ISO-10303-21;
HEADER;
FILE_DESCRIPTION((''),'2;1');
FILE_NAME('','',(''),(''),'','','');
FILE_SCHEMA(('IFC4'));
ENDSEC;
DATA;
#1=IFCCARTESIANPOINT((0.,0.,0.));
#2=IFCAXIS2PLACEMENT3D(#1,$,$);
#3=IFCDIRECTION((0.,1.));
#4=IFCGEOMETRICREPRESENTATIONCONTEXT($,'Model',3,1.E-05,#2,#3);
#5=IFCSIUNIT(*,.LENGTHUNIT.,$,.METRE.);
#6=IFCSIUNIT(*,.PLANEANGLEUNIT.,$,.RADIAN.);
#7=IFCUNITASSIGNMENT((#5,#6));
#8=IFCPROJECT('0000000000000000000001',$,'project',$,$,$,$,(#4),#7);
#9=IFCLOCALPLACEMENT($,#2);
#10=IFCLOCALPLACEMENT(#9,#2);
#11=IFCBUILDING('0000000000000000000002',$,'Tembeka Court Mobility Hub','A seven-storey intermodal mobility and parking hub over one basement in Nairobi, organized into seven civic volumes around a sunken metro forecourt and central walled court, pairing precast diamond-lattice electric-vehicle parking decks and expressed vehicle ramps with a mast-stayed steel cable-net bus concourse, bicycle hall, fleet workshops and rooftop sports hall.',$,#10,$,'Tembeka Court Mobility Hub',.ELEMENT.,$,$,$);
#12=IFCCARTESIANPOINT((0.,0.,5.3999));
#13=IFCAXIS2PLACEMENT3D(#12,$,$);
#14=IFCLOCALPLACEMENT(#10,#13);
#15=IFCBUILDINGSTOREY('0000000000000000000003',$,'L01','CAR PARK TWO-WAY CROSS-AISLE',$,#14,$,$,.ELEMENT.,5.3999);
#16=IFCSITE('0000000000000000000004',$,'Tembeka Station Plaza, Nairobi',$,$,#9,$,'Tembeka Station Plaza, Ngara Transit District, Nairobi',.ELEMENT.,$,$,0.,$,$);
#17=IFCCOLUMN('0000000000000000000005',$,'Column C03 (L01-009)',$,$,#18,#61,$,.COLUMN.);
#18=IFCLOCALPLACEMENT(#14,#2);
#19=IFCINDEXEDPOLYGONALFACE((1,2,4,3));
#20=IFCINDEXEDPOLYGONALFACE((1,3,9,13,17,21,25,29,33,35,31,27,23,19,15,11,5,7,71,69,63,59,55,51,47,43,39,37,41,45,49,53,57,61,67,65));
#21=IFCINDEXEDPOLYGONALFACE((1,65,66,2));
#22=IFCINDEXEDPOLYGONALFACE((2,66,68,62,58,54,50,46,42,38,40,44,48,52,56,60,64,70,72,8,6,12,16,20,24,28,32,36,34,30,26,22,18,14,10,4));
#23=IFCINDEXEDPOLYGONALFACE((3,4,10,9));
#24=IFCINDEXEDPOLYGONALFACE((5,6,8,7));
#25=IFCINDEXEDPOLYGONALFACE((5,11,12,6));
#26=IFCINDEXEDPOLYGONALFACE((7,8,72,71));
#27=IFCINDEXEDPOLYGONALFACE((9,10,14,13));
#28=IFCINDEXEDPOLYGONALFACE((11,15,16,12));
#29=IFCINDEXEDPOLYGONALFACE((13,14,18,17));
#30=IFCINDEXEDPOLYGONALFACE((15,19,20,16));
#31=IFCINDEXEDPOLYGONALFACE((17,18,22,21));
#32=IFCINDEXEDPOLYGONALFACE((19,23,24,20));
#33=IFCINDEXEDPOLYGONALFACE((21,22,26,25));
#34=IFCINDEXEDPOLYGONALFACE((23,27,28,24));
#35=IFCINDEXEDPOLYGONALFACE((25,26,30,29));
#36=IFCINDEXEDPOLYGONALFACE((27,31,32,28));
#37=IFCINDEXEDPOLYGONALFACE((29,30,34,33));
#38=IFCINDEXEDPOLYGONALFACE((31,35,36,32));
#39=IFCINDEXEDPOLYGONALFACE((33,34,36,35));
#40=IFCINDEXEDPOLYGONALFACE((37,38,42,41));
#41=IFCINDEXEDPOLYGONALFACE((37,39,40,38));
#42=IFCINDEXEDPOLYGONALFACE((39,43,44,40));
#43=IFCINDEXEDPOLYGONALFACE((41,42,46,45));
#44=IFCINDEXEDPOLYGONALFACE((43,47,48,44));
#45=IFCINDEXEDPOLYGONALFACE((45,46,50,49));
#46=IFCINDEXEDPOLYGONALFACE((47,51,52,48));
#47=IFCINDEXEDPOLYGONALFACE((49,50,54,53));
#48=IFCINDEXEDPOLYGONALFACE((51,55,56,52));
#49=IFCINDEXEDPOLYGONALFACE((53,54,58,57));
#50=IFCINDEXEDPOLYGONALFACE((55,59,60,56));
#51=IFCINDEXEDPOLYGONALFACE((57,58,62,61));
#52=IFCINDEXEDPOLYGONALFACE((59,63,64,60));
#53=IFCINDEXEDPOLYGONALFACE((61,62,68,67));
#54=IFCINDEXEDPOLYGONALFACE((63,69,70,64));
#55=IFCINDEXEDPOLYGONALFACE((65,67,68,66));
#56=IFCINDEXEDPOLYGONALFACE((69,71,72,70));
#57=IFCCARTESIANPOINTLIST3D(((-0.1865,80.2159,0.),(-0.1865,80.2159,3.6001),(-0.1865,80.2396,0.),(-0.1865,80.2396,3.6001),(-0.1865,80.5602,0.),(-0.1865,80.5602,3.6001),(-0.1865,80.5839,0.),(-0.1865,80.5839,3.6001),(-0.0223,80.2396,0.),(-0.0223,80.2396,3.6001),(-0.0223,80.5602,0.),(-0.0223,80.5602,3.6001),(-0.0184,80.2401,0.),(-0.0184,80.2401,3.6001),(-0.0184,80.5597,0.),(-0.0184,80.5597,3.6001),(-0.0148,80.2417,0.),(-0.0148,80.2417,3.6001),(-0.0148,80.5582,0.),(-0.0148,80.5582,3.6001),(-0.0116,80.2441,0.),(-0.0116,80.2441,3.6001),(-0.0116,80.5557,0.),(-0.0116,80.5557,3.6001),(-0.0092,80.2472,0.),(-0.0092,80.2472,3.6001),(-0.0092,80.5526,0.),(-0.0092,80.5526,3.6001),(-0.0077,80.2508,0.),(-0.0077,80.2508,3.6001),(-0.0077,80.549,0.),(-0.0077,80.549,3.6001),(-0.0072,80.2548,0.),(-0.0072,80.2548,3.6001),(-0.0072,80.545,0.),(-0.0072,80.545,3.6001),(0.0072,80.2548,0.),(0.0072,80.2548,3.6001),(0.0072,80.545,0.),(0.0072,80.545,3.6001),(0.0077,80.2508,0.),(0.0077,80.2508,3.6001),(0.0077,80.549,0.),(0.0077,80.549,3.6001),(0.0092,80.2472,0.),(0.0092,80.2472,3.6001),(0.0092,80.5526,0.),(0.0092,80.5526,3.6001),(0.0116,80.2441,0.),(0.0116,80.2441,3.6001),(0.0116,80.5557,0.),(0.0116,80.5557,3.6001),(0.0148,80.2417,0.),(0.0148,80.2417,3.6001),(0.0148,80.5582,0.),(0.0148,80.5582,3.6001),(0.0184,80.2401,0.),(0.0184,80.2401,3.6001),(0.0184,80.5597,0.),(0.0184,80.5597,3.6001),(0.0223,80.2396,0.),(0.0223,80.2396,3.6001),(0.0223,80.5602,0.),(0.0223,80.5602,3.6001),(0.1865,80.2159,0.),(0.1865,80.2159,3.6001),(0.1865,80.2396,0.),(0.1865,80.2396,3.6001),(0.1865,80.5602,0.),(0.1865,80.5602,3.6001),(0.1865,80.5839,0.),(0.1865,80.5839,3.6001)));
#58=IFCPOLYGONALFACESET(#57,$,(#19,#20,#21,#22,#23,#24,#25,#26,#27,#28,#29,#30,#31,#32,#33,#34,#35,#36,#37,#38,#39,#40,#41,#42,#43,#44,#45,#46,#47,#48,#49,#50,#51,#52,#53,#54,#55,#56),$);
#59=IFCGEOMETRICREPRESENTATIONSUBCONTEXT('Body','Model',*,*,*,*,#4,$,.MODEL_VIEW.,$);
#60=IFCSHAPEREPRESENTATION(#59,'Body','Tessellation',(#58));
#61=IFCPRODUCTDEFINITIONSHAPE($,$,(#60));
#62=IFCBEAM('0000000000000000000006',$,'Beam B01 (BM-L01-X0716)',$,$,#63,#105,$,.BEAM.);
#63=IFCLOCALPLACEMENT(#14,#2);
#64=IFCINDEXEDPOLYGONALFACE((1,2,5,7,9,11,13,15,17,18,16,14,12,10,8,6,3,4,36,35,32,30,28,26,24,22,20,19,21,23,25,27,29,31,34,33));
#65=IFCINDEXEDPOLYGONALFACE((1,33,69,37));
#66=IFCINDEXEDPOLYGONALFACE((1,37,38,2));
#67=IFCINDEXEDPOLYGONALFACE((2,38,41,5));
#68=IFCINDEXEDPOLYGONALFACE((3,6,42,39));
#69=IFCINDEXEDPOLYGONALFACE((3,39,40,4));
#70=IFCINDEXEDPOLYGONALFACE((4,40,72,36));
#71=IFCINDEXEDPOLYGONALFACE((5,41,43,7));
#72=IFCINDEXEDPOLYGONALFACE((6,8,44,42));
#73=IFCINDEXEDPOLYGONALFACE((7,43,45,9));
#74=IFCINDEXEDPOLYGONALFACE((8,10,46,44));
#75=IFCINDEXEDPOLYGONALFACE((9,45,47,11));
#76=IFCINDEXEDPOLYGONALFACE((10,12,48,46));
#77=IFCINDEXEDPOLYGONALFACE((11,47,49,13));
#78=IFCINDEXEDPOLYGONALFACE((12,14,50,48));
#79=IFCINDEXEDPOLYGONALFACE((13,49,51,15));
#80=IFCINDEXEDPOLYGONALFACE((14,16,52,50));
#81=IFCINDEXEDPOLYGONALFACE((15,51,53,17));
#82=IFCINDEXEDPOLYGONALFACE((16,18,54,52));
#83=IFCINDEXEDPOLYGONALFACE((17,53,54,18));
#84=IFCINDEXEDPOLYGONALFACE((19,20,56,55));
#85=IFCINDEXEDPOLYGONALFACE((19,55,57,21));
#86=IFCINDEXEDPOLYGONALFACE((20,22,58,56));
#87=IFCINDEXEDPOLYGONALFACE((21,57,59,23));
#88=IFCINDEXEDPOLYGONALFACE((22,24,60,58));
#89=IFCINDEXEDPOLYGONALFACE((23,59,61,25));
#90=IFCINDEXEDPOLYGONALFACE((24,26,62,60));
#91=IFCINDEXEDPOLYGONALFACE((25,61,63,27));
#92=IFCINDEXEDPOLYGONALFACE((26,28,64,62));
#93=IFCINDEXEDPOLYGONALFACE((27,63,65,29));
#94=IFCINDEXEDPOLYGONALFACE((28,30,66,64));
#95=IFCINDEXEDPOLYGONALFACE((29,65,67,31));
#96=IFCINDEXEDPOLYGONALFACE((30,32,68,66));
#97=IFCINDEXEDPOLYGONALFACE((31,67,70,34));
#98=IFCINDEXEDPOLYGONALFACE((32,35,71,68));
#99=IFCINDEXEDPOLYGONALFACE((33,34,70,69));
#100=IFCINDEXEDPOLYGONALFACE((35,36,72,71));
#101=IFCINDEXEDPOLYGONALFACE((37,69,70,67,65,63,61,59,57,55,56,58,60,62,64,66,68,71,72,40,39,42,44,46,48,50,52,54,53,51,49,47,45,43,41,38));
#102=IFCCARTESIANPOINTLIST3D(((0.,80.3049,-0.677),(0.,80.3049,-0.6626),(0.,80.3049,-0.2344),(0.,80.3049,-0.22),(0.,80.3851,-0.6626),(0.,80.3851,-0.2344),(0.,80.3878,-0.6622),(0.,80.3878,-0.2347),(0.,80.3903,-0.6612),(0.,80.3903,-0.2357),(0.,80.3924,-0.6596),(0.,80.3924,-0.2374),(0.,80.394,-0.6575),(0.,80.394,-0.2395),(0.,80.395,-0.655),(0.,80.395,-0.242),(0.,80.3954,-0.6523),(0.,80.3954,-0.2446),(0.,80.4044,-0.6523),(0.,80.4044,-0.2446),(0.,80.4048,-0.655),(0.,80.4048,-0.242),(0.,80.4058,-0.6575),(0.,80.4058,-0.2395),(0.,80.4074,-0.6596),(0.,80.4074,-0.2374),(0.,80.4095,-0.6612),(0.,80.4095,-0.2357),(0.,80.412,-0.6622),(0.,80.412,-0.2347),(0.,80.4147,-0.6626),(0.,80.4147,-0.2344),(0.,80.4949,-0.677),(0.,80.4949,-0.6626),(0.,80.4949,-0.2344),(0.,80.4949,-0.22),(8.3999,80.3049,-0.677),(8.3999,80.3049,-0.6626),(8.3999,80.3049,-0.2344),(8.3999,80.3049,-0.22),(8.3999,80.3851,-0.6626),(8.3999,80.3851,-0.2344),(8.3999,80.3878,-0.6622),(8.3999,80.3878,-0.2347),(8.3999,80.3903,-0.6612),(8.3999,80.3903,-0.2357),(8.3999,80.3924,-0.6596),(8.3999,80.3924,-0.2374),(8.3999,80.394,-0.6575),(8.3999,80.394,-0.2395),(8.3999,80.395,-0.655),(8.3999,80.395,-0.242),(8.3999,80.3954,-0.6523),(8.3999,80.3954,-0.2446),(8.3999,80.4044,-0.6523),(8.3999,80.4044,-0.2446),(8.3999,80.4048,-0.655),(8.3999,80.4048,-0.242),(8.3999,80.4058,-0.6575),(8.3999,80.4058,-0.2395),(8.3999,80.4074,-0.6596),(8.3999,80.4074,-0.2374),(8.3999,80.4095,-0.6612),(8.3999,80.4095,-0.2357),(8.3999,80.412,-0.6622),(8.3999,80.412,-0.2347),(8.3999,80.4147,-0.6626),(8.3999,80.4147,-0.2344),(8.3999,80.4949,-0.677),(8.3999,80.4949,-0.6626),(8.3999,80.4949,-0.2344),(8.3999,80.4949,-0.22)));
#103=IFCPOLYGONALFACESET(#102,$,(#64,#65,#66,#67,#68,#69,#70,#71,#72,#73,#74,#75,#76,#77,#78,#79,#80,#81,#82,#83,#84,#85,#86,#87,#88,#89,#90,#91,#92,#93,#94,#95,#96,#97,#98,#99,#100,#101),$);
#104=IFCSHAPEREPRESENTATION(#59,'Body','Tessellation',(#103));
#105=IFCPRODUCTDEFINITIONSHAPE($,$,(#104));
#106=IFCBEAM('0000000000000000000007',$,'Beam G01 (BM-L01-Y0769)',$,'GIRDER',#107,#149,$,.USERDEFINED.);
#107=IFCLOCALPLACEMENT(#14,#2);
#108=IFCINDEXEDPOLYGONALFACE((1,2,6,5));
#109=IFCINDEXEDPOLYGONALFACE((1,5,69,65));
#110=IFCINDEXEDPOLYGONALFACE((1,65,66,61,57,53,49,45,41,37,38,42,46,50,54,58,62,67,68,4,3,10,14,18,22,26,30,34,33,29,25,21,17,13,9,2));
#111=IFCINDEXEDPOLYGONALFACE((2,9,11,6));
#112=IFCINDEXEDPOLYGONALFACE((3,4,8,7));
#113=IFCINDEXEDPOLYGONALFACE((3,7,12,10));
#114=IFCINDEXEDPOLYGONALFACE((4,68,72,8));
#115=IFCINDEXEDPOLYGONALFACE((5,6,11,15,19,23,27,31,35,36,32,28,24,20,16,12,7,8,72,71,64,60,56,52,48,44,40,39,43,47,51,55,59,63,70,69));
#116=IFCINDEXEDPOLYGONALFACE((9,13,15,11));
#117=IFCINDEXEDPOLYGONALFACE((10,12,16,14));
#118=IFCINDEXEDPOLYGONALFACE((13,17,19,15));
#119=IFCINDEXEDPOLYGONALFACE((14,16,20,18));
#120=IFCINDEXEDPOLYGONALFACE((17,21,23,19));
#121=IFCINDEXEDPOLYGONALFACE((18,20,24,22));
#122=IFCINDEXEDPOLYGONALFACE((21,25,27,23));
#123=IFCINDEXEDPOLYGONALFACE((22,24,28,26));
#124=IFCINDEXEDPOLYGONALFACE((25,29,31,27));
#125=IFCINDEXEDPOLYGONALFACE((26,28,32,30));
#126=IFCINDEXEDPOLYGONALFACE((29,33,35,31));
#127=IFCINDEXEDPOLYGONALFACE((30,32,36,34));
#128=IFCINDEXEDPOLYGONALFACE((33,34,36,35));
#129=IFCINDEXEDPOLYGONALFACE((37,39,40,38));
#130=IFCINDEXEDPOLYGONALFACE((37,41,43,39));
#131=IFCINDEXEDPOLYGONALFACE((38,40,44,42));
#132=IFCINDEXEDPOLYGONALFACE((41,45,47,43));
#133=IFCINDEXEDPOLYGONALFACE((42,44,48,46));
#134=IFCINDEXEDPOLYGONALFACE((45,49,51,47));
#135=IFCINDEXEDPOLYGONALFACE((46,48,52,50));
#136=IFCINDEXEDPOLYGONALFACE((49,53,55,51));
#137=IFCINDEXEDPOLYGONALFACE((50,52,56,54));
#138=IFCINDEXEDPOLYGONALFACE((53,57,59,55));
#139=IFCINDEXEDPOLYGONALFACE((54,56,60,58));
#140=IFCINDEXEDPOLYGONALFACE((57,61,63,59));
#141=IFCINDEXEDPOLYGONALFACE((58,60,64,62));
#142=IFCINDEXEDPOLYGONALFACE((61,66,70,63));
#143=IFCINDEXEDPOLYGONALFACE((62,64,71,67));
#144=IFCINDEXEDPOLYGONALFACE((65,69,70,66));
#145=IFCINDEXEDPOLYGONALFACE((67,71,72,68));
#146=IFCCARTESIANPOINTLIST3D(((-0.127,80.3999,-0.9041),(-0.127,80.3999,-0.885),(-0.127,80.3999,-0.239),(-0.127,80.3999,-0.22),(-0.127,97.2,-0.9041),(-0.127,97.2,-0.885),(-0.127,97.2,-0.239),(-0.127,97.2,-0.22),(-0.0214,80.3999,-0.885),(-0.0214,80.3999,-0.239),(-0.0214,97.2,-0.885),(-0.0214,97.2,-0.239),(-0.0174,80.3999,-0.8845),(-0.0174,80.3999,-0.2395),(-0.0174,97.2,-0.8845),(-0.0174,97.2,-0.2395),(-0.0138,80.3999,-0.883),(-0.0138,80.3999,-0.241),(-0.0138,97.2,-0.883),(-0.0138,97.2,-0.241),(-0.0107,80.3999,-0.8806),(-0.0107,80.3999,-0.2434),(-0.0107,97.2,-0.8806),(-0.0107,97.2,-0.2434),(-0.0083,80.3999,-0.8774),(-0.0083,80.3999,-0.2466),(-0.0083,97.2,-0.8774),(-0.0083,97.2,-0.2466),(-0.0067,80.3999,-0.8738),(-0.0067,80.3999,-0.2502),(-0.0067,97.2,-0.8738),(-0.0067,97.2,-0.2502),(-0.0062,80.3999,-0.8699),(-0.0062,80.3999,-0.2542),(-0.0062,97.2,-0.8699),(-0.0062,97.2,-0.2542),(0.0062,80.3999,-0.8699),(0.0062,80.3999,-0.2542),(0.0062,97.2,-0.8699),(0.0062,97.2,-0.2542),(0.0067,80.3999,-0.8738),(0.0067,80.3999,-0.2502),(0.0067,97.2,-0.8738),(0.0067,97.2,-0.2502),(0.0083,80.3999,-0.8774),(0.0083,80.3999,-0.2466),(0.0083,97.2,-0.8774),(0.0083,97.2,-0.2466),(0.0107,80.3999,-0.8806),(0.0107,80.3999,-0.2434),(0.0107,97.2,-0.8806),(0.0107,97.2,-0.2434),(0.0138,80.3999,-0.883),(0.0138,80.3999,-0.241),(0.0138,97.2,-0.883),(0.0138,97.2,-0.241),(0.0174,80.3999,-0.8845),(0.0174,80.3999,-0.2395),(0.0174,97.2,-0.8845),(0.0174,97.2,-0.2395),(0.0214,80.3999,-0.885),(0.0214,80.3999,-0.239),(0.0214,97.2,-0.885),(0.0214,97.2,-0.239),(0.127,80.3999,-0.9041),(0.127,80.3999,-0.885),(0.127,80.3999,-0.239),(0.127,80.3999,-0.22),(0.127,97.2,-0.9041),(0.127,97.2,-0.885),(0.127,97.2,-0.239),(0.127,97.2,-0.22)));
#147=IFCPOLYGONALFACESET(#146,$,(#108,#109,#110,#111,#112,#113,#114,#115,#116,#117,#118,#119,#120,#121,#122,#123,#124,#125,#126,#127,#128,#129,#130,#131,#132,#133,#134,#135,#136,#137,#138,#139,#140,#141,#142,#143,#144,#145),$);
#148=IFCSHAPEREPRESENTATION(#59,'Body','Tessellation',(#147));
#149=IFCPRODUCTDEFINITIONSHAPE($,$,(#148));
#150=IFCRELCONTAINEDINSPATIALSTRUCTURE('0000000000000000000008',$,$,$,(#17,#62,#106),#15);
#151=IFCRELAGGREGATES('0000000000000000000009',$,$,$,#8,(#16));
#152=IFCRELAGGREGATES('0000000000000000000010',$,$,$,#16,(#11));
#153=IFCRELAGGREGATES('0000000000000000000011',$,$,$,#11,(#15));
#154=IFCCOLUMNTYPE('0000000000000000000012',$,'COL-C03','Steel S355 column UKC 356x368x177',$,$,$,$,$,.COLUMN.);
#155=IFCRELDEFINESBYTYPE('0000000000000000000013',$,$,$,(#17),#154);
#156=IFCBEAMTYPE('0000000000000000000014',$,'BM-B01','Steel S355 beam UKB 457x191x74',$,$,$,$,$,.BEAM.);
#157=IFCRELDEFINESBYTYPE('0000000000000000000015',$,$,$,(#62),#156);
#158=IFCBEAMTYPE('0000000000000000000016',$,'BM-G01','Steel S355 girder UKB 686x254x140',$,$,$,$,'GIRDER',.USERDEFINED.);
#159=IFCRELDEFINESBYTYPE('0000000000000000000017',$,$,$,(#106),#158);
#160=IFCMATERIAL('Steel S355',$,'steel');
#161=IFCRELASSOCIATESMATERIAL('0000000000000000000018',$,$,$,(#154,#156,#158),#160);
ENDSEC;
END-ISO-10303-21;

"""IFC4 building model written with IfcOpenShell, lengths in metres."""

from ifc_helpers import new_model, si_unit, direction, frame, origin, origin_2d, place, context, subcontext, project, spatial, i_section, extrude, material, material_profile, profile_set, type_object, element, save


model = new_model("IFC4")

# Units and contexts
model_context = context("Model", 3, precision=1e-05, world=origin(), true_north=direction((0.0, 1.0)))
body_context = subcontext(model_context, "Body", "Model", "MODEL_VIEW")
ifc_project = project(units=[si_unit("LENGTHUNIT", "METRE"), si_unit("PLANEANGLEUNIT", "RADIAN")], contexts=[model_context])

# Site, building, storey
site_placement = place(None, origin())
site = spatial("IfcSite", under=ifc_project, at=site_placement, Name="Tembeka Station Plaza, Nairobi", LongName="Tembeka Station Plaza, Ngara Transit District, Nairobi", CompositionType="ELEMENT", RefElevation=0.0)
building_placement = place(site_placement, origin())
building = spatial("IfcBuilding", under=site, at=building_placement, Name="Tembeka Court Mobility Hub", Description="A seven-storey intermodal mobility and parking hub over one basement in Nairobi, organized into seven civic volumes around a sunken metro forecourt and central walled court, pairing precast diamond-lattice electric-vehicle parking decks and expressed vehicle ramps with a mast-stayed steel cable-net bus concourse, bicycle hall, fleet workshops and rooftop sports hall.", LongName="Tembeka Court Mobility Hub", CompositionType="ELEMENT")
storey_placement = place(building_placement, frame((0.0, 0.0, 5.3999)))
storey = spatial("IfcBuildingStorey", under=building, at=storey_placement, Name="L01", Description="CAR PARK TWO-WAY CROSS-AISLE", CompositionType="ELEMENT", Elevation=5.3999)

# Column
ifc_material_1 = material(Name="Steel S355", Category="steel")
ifc_material_profile_1 = material_profile(ifc_material_1, i_section(OverallWidth=0.373, OverallDepth=0.3679, WebThickness=0.0144, FlangeThickness=0.0237, FilletRadius=0.0151, at=origin_2d()), Name="UKC 356x368x177")
ifc_profile_set_1 = profile_set([ifc_material_profile_1], Name="Steel S355")
column_type = type_object("IfcColumnType", Name="COL-C03", Description="Steel S355 column UKC 356x368x177", PredefinedType="COLUMN", material=ifc_profile_set_1)
column_placement = place(storey_placement, frame((0.0, 80.3999, 0.0), z_axis=(0.0, 0.0, 1.0), x_axis=(1.0, 0.0, 0.0)))
element("IfcColumn", 1, at=column_placement, inside=storey, type_object=column_type, Name="Column C03 (L01-009)", PredefinedType="COLUMN", context=body_context, shape_type="SweptSolid", body=[
    extrude(i_section(OverallWidth=0.373, OverallDepth=0.3679, WebThickness=0.0144, FlangeThickness=0.0237, FilletRadius=0.0151, at=origin_2d()), origin(), (0.0, 0.0, 1.0), 3.6001),
])

# Beams
ifc_material_profile_2 = material_profile(ifc_material_1, i_section(OverallWidth=0.1899, OverallDepth=0.457, WebThickness=0.009, FlangeThickness=0.0144, FilletRadius=0.0103, at=origin_2d()), Name="UKB 457x191x74")
ifc_profile_set_2 = profile_set([ifc_material_profile_2], Name="Steel S355")
beam_type_1 = type_object("IfcBeamType", Name="BM-B01", Description="Steel S355 beam UKB 457x191x74", PredefinedType="BEAM", material=ifc_profile_set_2)
beam_1_placement = place(storey_placement, frame((0.0, 80.3999, -0.4485), z_axis=(1.0, 0.0, 0.0), x_axis=(0.0, 1.0, 0.0)))
element("IfcBeam", 2, at=beam_1_placement, inside=storey, type_object=beam_type_1, Name="Beam B01 (BM-L01-X0716)", PredefinedType="BEAM", context=body_context, shape_type="SweptSolid", body=[
    extrude(i_section(OverallWidth=0.1899, OverallDepth=0.457, WebThickness=0.009, FlangeThickness=0.0144, FilletRadius=0.0103, at=origin_2d()), origin(), (0.0, 0.0, 1.0), 8.3999),
])
ifc_material_profile_3 = material_profile(ifc_material_1, i_section(OverallWidth=0.2539, OverallDepth=0.6841, WebThickness=0.0125, FlangeThickness=0.019, FilletRadius=0.0151, at=origin_2d()), Name="UKB 686x254x140")
ifc_profile_set_3 = profile_set([ifc_material_profile_3], Name="Steel S355")
beam_type_2 = type_object("IfcBeamType", Name="BM-G01", Description="Steel S355 girder UKB 686x254x140", ElementType="GIRDER", PredefinedType="USERDEFINED", material=ifc_profile_set_3)
beam_2_placement = place(storey_placement, frame((0.0, 80.3999, -0.562), z_axis=(0.0, 1.0, 0.0), x_axis=(-1.0, 0.0, 0.0)))
element("IfcBeam", 3, at=beam_2_placement, inside=storey, type_object=beam_type_2, Name="Beam G01 (BM-L01-Y0769)", ObjectType="GIRDER", PredefinedType="USERDEFINED", context=body_context, shape_type="SweptSolid", body=[
    extrude(i_section(OverallWidth=0.2539, OverallDepth=0.6841, WebThickness=0.0125, FlangeThickness=0.019, FilletRadius=0.0151, at=origin_2d()), origin(), (0.0, 0.0, 1.0), 16.8),
])

save(model, "model.ifc")
